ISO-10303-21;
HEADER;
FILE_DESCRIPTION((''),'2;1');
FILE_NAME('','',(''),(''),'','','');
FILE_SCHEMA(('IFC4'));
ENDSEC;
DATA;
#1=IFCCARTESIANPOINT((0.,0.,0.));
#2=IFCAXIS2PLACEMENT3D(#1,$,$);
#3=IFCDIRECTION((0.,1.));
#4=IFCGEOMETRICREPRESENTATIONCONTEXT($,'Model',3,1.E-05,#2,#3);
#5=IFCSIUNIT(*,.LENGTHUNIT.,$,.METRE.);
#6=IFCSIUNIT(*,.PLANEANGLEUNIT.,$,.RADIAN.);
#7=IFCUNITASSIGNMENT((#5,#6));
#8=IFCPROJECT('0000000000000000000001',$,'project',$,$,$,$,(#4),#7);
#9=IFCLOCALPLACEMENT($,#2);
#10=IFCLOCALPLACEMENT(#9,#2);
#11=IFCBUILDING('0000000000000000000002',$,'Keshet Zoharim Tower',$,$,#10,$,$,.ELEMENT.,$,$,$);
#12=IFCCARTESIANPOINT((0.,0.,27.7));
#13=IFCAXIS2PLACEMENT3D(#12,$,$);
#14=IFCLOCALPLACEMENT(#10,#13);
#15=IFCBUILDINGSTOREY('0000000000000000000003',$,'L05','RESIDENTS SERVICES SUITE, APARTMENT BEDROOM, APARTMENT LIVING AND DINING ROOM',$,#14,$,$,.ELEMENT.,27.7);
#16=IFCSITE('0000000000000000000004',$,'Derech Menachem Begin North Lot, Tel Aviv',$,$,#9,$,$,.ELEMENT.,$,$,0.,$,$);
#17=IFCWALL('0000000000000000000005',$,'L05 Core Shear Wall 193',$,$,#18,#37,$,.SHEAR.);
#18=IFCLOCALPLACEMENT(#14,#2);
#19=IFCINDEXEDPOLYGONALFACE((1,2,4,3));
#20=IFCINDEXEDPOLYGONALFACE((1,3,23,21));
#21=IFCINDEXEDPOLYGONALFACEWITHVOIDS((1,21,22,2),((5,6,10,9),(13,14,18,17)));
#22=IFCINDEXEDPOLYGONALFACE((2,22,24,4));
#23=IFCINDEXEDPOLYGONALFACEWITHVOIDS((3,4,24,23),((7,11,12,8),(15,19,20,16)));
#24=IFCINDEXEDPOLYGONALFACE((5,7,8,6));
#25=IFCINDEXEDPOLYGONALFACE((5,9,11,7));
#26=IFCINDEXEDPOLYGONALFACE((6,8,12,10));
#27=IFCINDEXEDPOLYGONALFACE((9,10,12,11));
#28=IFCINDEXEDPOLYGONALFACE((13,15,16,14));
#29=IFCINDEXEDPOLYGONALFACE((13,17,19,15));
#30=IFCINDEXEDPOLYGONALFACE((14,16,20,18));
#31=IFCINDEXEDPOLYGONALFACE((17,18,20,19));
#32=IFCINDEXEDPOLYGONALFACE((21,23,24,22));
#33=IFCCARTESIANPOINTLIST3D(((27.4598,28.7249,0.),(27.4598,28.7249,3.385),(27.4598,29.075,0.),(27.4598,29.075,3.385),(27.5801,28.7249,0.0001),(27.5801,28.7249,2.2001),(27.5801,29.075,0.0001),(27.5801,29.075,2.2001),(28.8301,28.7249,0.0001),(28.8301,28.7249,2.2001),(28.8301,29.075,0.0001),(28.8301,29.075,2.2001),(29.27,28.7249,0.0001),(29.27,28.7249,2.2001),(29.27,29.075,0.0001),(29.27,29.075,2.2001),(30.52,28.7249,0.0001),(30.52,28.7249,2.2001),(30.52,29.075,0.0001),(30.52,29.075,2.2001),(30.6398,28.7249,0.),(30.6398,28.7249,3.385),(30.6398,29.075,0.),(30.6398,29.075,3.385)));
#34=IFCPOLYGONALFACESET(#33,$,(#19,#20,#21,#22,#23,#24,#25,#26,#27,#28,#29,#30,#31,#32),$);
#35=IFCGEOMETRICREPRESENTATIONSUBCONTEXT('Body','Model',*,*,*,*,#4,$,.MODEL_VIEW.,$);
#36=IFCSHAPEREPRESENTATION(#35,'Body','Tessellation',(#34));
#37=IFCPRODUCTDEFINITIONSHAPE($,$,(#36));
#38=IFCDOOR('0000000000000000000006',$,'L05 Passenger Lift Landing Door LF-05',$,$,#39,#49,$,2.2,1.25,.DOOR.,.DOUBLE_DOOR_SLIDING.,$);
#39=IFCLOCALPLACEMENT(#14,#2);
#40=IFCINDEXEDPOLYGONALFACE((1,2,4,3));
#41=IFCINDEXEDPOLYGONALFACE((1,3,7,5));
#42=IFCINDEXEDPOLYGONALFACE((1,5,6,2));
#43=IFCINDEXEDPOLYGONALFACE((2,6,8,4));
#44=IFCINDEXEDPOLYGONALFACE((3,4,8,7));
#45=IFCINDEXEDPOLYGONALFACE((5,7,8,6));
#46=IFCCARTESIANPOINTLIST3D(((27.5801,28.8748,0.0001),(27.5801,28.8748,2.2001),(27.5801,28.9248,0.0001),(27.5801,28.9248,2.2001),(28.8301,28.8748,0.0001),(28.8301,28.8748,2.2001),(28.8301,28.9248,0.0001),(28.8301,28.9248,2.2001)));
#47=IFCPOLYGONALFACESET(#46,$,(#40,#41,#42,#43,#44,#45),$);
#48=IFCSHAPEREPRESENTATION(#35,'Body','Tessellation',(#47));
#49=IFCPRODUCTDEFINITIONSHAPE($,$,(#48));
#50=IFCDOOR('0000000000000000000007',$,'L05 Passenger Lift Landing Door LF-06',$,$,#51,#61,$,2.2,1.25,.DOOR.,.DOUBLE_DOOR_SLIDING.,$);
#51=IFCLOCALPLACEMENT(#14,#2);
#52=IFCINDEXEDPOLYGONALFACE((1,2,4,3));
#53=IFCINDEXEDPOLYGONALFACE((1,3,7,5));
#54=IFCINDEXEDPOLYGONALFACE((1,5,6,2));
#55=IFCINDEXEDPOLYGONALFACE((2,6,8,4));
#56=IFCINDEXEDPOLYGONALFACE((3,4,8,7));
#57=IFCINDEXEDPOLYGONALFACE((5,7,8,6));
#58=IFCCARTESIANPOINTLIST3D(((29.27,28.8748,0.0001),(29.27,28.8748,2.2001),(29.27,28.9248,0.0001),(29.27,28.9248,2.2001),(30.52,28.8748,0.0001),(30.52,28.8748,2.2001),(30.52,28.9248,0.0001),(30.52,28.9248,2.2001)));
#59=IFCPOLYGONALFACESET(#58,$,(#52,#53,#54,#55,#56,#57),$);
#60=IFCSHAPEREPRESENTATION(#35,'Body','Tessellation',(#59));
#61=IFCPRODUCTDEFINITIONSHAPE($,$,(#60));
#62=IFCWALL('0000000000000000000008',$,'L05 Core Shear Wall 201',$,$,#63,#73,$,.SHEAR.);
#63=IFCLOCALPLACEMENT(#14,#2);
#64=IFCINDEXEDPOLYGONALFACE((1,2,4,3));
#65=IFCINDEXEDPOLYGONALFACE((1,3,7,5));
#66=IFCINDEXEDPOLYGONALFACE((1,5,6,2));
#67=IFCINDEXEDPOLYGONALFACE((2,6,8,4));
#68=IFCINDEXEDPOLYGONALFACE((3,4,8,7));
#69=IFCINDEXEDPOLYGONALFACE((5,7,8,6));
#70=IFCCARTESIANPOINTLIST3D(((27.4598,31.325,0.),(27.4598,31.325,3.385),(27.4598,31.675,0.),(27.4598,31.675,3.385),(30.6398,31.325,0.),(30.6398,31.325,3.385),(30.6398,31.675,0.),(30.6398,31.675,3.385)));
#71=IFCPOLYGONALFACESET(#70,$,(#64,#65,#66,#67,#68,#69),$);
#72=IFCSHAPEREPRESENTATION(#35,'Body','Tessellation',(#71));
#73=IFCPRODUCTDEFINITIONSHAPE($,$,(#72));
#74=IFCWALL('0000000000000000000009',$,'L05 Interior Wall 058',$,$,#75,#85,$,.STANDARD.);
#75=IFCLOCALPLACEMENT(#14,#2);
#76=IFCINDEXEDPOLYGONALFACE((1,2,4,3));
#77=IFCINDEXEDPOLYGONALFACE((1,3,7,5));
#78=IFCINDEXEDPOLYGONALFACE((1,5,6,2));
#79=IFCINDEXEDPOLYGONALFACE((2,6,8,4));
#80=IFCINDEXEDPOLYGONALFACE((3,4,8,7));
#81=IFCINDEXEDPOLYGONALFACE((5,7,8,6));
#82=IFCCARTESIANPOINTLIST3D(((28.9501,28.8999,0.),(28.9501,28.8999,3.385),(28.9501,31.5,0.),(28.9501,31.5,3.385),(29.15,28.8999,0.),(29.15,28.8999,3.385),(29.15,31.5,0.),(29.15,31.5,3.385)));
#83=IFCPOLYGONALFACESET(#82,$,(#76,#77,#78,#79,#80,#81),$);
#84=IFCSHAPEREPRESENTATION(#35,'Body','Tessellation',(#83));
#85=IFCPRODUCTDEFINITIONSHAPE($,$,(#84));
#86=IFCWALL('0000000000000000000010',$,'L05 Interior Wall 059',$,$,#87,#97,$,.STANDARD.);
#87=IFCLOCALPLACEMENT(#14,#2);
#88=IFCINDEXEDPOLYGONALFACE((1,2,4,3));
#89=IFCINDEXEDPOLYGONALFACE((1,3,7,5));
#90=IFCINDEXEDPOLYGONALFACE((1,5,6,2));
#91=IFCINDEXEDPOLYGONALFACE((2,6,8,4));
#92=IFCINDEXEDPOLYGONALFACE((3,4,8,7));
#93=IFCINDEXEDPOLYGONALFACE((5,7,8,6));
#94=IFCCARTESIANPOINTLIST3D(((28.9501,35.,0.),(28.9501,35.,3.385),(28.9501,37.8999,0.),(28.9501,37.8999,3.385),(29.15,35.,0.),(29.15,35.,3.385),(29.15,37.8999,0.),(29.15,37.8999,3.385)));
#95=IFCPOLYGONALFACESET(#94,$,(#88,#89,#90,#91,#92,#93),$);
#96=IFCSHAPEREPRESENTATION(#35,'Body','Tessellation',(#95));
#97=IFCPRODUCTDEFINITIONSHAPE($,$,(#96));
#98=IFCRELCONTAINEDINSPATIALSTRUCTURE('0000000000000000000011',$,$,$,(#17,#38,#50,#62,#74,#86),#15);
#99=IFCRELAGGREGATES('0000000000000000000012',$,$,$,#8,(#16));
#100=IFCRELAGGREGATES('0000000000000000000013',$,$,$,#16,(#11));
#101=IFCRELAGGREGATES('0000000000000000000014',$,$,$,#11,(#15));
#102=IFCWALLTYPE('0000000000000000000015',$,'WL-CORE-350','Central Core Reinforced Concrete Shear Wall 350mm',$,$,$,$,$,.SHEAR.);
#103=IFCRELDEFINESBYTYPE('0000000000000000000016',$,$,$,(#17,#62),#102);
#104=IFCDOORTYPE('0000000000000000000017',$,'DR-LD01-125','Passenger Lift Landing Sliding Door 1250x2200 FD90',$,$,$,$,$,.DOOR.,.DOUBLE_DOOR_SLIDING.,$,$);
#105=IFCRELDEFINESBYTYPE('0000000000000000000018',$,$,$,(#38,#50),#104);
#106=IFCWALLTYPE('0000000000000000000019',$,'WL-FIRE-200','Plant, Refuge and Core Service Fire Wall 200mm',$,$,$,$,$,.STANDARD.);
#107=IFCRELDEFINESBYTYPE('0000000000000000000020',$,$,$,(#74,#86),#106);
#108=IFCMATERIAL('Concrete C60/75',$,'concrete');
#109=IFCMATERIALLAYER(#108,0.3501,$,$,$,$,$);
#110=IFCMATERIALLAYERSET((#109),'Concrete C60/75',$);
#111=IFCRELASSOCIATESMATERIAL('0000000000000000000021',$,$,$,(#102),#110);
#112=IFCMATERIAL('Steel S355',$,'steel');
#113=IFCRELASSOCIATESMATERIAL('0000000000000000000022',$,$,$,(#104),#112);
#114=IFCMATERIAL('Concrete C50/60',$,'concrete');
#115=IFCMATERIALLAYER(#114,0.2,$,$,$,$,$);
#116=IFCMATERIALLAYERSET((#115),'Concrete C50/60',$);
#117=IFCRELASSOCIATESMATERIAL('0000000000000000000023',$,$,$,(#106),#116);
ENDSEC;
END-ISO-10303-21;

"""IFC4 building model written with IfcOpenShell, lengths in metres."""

from ifc_helpers import new_model, si_unit, direction, frame, frame_2d, origin, place, context, subcontext, project, spatial, rectangle, extrude, material, layer, layer_set, type_object, element, fill, save


model = new_model("IFC4")

# Units and contexts
model_context = context("Model", 3, precision=1e-05, world=origin(), true_north=direction((0.0, 1.0)))
body_context = subcontext(model_context, "Body", "Model", "MODEL_VIEW")
ifc_project = project(units=[si_unit("LENGTHUNIT", "METRE"), si_unit("PLANEANGLEUNIT", "RADIAN")], contexts=[model_context])

# Site, building, storey
site_placement = place(None, origin())
site = spatial("IfcSite", under=ifc_project, at=site_placement, Name="Derech Menachem Begin North Lot, Tel Aviv", CompositionType="ELEMENT", RefElevation=0.0)
building_placement = place(site_placement, origin())
building = spatial("IfcBuilding", under=site, at=building_placement, Name="Keshet Zoharim Tower", CompositionType="ELEMENT")
storey_placement = place(building_placement, frame((0.0, 0.0, 27.7)))
storey = spatial("IfcBuildingStorey", under=building, at=storey_placement, Name="L05", Description="RESIDENTS SERVICES SUITE, APARTMENT BEDROOM, APARTMENT LIVING AND DINING ROOM", CompositionType="ELEMENT", Elevation=27.7)

# Shared definitions
ifc_material_1 = material(Name="Concrete C60/75", Category="concrete")

# Shared definitions
ifc_material_2 = material(Name="Steel S355", Category="steel")

# Shared definitions
ifc_layer_1 = layer(ifc_material_1, 0.3501)
ifc_layer_set_1 = layer_set([ifc_layer_1], Name="Concrete C60/75")
wall_type_1 = type_object("IfcWallType", Name="WL-CORE-350", Description="Central Core Reinforced Concrete Shear Wall 350mm", PredefinedType="SHEAR", material=ifc_layer_set_1)

# Wall, openings, doors
door_type_1 = type_object("IfcDoorType", Name="DR-LD01-125", Description="Passenger Lift Landing Sliding Door 1250x2200 FD90", OperationType="DOUBLE_DOOR_SLIDING", PredefinedType="DOOR", material=ifc_material_2)
wall_1_placement = place(storey_placement, frame((27.46, 28.8999, 0.0), z_axis=(0.0, 0.0, 1.0), x_axis=(1.0, 0.0, 0.0)))
wall_1 = element("IfcWall", 1, at=wall_1_placement, inside=storey, type_object=wall_type_1, Name="L05 Core Shear Wall 193", PredefinedType="SHEAR", context=body_context, shape_type="SweptSolid", body=[
    extrude(rectangle(XDim=3.1799, YDim=0.3501, at=frame_2d((1.5898, 0.0))), origin(), (0.0, 0.0, 1.0), 3.385),
])
opening_1_placement = place(wall_1_placement, frame((0.1201, 0.0, 0.0)))
opening_1 = element("IfcOpeningElement", 2, at=opening_1_placement, cuts=wall_1, PredefinedType="OPENING", context=body_context, shape_type="SweptSolid", body=[
    extrude(rectangle(XDim=1.25, YDim=2.2, at=frame_2d((0.625, 1.1001))), frame((0.0, 0.1851, 0.0), z_axis=(0.0, -1.0, 0.0), x_axis=(1.0, 0.0, 0.0)), (0.0, 0.0, 1.0), 0.3701),
])
opening_2_placement = place(wall_1_placement, frame((1.8101, 0.0, 0.0)))
opening_2 = element("IfcOpeningElement", 3, at=opening_2_placement, cuts=wall_1, PredefinedType="OPENING", context=body_context, shape_type="SweptSolid", body=[
    extrude(rectangle(XDim=1.25, YDim=2.2, at=frame_2d((0.625, 1.1001))), frame((0.0, 0.1851, 0.0), z_axis=(0.0, -1.0, 0.0), x_axis=(1.0, 0.0, 0.0)), (0.0, 0.0, 1.0), 0.3701),
])
door_1_placement = place(opening_1_placement, origin())
door_1 = element("IfcDoor", 4, at=door_1_placement, inside=storey, type_object=door_type_1, Name="L05 Passenger Lift Landing Door LF-05", OperationType="DOUBLE_DOOR_SLIDING", OverallHeight=2.2, OverallWidth=1.25, PredefinedType="DOOR", context=body_context, shape_type="SweptSolid", body=[
    extrude(rectangle(XDim=1.25, YDim=2.2, at=frame_2d((0.625, 1.1001))), frame((0.0, 0.0249, 0.0), z_axis=(0.0, -1.0, 0.0), x_axis=(1.0, 0.0, 0.0)), (0.0, 0.0, 1.0), 0.05),
])
fill(opening_1, door_1)
door_2_placement = place(opening_2_placement, origin())
door_2 = element("IfcDoor", 5, at=door_2_placement, inside=storey, type_object=door_type_1, Name="L05 Passenger Lift Landing Door LF-06", OperationType="DOUBLE_DOOR_SLIDING", OverallHeight=2.2, OverallWidth=1.25, PredefinedType="DOOR", context=body_context, shape_type="SweptSolid", body=[
    extrude(rectangle(XDim=1.25, YDim=2.2, at=frame_2d((0.625, 1.1001))), frame((0.0, 0.0249, 0.0), z_axis=(0.0, -1.0, 0.0), x_axis=(1.0, 0.0, 0.0)), (0.0, 0.0, 1.0), 0.05),
])
fill(opening_2, door_2)

# Walls
wall_2_placement = place(storey_placement, frame((27.46, 31.5, 0.0), z_axis=(0.0, 0.0, 1.0), x_axis=(1.0, 0.0, 0.0)))
element("IfcWall", 6, at=wall_2_placement, inside=storey, type_object=wall_type_1, Name="L05 Core Shear Wall 201", PredefinedType="SHEAR", context=body_context, shape_type="SweptSolid", body=[
    extrude(rectangle(XDim=3.1799, YDim=0.3501, at=frame_2d((1.5898, 0.0))), origin(), (0.0, 0.0, 1.0), 3.385),
])
ifc_material_3 = material(Name="Concrete C50/60", Category="concrete")
ifc_layer_2 = layer(ifc_material_3, 0.2)
ifc_layer_set_2 = layer_set([ifc_layer_2], Name="Concrete C50/60")
wall_type_2 = type_object("IfcWallType", Name="WL-FIRE-200", Description="Plant, Refuge and Core Service Fire Wall 200mm", PredefinedType="STANDARD", material=ifc_layer_set_2)
wall_3_placement = place(storey_placement, frame((29.05, 28.8999, 0.0), z_axis=(0.0, 0.0, 1.0), x_axis=(0.0, 1.0, 0.0)))
element("IfcWall", 7, at=wall_3_placement, inside=storey, type_object=wall_type_2, Name="L05 Interior Wall 058", PredefinedType="STANDARD", context=body_context, shape_type="SweptSolid", body=[
    extrude(rectangle(XDim=2.6001, YDim=0.2, at=frame_2d((1.3, 0.0))), origin(), (0.0, 0.0, 1.0), 3.385),
])
wall_4_placement = place(storey_placement, frame((29.05, 35.0, 0.0), z_axis=(0.0, 0.0, 1.0), x_axis=(0.0, 1.0, 0.0)))
element("IfcWall", 8, at=wall_4_placement, inside=storey, type_object=wall_type_2, Name="L05 Interior Wall 059", PredefinedType="STANDARD", context=body_context, shape_type="SweptSolid", body=[
    extrude(rectangle(XDim=2.8999, YDim=0.2, at=frame_2d((1.45, 0.0))), origin(), (0.0, 0.0, 1.0), 3.385),
])

save(model, "model.ifc")
